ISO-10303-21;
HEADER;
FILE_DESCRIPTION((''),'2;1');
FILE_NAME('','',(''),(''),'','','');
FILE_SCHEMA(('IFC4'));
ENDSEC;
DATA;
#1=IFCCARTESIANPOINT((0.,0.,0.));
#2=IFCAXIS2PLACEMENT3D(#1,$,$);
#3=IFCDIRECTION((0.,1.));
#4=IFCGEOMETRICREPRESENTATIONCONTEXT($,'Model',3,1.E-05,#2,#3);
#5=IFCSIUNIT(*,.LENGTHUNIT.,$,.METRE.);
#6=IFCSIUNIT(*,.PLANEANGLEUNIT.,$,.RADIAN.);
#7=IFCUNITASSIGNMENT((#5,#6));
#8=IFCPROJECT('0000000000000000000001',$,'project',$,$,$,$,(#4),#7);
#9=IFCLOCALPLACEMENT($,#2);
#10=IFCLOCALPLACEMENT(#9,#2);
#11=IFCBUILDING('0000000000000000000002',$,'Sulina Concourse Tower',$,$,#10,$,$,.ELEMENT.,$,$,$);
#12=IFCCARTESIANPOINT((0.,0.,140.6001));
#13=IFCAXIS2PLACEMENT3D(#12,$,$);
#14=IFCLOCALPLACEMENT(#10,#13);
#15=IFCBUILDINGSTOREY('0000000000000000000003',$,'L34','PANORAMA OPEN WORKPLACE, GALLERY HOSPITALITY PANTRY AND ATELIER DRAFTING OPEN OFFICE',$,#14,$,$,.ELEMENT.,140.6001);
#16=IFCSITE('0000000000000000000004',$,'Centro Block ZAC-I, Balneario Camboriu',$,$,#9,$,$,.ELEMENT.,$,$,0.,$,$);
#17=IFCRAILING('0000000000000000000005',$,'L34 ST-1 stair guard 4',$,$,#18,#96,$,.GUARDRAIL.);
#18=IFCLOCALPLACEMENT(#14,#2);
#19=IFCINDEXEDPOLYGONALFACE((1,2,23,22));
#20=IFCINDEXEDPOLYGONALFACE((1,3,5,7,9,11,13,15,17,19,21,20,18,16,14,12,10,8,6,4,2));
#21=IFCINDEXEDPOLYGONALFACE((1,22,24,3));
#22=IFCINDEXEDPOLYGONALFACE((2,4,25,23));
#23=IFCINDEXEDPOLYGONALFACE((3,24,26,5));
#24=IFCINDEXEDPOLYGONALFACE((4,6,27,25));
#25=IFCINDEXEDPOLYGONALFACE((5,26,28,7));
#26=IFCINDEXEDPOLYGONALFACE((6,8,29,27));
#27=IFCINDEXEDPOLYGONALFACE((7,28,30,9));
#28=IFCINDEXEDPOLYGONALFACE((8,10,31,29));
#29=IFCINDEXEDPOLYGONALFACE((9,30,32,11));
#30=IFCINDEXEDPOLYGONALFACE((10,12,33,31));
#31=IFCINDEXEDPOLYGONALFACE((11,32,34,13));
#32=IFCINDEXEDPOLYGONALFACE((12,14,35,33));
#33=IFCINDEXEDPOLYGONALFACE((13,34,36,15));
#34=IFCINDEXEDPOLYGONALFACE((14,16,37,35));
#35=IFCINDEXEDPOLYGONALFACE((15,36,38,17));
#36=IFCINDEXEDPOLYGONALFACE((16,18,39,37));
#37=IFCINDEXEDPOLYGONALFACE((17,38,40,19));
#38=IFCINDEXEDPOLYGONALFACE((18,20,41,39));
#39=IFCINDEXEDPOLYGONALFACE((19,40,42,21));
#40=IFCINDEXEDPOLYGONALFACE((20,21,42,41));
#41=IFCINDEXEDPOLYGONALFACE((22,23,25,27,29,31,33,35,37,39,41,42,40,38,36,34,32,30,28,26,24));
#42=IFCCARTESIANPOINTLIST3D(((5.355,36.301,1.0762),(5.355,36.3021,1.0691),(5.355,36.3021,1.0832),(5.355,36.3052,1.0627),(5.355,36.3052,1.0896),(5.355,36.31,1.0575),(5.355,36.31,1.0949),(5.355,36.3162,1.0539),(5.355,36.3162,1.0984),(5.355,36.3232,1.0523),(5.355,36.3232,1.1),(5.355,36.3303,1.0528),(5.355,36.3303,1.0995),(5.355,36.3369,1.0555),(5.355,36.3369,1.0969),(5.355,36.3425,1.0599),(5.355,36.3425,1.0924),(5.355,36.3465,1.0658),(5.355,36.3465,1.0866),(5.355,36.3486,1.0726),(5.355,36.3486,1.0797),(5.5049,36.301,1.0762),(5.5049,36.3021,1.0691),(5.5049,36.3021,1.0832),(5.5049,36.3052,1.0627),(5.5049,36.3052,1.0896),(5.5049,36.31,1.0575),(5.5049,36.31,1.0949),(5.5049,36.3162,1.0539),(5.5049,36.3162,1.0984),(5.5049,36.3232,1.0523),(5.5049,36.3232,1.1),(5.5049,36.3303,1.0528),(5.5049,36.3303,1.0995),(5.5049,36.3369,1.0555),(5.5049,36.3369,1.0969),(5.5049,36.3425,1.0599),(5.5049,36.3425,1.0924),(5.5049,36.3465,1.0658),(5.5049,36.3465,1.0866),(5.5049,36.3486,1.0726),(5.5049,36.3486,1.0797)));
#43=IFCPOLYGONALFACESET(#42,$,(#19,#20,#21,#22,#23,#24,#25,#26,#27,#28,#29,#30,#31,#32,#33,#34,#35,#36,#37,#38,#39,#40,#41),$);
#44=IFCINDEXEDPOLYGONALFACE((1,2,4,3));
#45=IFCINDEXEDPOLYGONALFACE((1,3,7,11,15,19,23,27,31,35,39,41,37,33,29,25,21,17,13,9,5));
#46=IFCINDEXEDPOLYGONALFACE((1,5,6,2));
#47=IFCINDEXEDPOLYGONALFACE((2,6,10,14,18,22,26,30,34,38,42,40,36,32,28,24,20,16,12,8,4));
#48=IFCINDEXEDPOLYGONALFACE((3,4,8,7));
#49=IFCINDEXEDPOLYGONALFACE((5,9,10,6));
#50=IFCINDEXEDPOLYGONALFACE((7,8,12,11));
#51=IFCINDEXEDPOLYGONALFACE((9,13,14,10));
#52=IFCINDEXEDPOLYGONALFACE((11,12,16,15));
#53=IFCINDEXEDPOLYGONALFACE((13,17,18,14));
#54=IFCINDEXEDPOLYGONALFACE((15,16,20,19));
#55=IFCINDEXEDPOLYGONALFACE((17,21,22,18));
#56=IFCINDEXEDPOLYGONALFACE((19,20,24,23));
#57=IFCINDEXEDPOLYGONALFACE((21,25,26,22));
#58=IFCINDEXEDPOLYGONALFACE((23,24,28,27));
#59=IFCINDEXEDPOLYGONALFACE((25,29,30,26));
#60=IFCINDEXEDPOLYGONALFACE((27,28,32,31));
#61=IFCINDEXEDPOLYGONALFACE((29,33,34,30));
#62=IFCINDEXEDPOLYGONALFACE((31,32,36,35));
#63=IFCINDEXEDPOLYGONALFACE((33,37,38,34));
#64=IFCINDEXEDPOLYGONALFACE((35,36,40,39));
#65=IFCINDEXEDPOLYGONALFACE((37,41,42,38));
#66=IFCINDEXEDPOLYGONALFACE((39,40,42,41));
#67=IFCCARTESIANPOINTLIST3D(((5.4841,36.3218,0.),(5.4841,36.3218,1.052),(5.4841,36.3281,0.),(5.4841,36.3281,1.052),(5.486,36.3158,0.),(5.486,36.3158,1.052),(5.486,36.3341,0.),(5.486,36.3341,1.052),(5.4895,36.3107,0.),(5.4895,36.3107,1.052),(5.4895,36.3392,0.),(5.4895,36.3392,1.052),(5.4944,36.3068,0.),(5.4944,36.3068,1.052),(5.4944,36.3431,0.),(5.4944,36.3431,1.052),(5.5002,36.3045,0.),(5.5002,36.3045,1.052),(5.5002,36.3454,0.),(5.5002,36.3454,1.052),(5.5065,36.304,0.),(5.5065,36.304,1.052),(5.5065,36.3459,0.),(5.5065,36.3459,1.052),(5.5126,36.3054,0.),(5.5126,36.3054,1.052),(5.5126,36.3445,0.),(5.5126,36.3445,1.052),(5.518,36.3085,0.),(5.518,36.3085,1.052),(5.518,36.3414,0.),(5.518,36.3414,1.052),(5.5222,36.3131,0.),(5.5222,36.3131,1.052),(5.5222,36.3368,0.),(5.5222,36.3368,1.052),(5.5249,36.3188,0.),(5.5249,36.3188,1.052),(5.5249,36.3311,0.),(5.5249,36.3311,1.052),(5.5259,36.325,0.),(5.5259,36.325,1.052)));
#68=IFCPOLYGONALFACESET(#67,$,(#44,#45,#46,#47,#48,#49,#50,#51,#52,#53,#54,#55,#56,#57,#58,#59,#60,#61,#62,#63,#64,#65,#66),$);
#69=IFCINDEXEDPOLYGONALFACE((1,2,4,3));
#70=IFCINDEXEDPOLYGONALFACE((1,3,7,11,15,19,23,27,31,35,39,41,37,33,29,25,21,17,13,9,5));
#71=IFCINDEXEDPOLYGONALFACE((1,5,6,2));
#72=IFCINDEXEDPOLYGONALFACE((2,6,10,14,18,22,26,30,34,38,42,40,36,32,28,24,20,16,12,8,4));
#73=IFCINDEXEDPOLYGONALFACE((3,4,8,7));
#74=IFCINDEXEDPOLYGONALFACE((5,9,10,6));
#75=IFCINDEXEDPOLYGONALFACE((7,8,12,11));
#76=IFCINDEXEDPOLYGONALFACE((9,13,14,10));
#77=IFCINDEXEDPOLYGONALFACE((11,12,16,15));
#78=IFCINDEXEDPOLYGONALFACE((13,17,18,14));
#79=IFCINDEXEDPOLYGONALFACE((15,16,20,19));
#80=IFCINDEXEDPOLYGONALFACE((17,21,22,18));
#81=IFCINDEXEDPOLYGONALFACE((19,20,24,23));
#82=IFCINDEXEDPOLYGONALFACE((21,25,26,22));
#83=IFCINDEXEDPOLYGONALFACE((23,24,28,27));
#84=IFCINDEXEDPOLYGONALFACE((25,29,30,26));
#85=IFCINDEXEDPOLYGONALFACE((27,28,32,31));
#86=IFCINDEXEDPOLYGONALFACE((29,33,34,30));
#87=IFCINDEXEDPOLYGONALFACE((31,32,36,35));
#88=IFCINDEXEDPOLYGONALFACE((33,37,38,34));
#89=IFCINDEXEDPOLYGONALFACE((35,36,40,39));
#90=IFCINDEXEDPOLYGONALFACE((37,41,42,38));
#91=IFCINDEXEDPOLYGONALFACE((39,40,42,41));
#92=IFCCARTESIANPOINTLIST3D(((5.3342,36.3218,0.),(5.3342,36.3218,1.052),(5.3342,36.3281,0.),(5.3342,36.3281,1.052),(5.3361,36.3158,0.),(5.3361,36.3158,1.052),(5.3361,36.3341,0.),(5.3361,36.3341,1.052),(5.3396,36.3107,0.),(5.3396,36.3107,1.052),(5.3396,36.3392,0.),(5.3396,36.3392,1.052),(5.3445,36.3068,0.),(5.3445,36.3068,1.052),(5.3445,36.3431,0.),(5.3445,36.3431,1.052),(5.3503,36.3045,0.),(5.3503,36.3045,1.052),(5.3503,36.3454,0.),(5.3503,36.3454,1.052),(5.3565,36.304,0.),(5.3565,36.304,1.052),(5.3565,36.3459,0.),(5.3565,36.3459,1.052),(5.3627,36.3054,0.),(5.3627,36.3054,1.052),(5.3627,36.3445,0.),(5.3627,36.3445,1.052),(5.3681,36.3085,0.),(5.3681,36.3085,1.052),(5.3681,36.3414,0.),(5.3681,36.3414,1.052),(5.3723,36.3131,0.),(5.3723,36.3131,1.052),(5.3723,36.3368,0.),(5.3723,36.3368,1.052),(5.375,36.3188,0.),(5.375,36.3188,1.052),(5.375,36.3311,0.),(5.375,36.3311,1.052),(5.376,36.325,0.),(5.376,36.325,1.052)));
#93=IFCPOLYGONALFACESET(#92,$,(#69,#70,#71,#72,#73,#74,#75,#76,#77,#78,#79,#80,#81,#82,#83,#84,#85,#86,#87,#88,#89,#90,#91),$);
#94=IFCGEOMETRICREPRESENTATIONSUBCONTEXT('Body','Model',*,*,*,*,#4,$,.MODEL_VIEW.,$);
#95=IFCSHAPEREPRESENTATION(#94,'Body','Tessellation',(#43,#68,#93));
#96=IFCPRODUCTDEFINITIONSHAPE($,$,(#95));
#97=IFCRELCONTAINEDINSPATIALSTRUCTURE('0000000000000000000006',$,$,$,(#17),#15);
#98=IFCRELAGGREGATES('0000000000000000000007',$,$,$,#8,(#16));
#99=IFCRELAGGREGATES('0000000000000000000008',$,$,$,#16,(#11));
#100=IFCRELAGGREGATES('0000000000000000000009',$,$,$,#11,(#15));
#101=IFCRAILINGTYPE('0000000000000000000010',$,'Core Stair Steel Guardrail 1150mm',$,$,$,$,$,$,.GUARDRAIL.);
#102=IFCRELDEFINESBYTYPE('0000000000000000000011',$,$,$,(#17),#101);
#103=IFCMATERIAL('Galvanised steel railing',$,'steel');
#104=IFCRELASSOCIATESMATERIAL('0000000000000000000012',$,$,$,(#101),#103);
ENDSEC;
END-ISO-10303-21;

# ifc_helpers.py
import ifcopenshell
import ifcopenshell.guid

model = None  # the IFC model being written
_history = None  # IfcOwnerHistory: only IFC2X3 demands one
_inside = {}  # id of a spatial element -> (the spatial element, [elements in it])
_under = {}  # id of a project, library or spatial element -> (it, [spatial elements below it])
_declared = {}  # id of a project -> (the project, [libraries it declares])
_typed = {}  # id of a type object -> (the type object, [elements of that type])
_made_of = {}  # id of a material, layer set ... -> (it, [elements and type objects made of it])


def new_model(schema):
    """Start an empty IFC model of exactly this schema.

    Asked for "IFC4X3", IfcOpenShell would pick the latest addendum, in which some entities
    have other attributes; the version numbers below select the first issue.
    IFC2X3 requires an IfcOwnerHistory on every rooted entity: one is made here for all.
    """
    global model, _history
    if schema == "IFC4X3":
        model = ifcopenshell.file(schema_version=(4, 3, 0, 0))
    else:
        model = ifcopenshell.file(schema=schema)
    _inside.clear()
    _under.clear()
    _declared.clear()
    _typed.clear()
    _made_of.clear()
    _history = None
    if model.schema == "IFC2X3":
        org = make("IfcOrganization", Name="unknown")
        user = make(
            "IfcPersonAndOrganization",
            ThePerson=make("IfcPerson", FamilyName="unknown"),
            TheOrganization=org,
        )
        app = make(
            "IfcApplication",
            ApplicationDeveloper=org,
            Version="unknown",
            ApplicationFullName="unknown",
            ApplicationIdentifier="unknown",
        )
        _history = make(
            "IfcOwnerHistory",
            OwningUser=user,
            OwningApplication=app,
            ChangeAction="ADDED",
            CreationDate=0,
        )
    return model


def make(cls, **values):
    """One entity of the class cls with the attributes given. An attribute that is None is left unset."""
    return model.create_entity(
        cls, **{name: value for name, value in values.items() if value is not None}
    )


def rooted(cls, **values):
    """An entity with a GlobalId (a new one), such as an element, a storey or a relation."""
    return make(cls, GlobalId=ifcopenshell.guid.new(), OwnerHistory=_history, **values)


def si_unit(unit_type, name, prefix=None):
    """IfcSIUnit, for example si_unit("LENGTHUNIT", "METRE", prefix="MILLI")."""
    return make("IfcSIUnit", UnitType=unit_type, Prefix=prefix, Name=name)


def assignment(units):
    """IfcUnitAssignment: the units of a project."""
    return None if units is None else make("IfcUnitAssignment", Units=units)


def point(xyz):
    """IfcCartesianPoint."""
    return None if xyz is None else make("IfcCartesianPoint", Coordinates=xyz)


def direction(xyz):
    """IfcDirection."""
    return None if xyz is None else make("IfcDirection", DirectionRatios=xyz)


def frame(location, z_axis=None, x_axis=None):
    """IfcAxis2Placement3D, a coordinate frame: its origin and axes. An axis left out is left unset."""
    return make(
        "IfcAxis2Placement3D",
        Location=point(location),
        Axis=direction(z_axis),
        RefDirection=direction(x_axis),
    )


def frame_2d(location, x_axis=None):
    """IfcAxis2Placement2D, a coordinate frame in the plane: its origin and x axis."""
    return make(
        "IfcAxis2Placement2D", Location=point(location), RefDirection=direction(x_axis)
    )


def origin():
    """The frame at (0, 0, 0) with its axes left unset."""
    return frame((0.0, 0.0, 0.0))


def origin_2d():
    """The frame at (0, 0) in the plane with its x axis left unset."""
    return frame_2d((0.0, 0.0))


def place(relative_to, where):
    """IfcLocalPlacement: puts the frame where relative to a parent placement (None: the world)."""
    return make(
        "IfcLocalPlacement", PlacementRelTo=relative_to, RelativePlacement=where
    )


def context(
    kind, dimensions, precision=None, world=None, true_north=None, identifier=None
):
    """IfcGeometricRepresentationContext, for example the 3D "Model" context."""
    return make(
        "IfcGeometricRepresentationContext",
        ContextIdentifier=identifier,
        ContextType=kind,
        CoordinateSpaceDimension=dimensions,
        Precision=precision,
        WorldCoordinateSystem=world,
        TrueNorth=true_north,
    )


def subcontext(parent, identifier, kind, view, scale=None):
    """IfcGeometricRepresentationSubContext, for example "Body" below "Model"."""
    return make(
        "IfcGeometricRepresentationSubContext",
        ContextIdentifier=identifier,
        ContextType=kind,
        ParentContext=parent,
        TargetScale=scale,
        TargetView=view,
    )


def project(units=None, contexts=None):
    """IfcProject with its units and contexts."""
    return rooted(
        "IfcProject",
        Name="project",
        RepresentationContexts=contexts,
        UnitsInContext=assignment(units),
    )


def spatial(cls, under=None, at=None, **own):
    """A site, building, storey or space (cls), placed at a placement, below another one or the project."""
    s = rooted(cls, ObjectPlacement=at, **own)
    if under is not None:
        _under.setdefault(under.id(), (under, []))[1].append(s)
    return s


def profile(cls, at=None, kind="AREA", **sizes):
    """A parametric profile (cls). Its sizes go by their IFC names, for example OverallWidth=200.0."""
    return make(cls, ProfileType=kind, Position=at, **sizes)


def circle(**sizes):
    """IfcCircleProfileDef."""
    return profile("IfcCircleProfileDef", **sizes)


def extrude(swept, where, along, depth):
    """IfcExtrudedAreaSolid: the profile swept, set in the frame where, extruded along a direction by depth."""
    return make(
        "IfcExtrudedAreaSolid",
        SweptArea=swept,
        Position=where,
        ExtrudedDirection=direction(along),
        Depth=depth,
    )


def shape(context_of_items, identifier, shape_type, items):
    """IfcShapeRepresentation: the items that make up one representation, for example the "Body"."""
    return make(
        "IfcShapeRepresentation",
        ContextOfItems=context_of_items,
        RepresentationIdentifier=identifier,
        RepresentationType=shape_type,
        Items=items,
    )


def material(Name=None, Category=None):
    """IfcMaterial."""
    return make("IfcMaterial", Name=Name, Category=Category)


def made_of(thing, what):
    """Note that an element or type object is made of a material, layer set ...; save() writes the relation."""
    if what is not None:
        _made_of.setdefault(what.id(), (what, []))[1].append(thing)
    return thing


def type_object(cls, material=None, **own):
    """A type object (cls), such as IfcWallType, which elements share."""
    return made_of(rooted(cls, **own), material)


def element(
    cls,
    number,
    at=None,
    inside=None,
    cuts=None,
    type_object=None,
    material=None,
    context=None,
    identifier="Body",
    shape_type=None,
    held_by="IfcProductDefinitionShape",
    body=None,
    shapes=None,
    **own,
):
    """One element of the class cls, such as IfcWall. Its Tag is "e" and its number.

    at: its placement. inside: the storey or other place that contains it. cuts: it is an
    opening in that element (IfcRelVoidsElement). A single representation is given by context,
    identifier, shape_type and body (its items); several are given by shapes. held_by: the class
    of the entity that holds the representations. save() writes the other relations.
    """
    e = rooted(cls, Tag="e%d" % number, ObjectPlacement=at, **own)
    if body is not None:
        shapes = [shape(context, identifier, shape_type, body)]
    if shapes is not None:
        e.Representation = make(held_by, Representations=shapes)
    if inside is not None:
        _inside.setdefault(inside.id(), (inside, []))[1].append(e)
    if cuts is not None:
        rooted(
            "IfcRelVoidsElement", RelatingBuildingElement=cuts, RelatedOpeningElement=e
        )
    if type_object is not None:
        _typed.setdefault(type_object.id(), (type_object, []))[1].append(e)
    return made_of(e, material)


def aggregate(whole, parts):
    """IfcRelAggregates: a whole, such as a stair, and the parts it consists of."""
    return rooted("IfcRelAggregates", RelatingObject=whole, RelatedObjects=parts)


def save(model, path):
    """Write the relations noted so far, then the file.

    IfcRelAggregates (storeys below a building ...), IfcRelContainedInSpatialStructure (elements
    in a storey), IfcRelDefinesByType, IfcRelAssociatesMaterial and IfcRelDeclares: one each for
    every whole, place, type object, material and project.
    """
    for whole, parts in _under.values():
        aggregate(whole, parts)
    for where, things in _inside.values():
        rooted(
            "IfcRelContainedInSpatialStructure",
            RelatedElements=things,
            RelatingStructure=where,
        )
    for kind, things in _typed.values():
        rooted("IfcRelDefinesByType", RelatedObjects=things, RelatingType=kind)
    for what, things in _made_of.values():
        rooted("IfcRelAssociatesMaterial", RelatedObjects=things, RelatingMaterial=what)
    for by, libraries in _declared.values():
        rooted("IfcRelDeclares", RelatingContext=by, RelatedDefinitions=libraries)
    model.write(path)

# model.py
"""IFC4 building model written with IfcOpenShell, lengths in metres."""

from ifc_helpers import new_model, si_unit, direction, frame, origin, origin_2d, place, context, subcontext, project, spatial, circle, extrude, material, type_object, element, save


model = new_model("IFC4")

# Units and contexts
model_context = context("Model", 3, precision=1e-05, world=origin(), true_north=direction((0.0, 1.0)))
body_context = subcontext(model_context, "Body", "Model", "MODEL_VIEW")
ifc_project = project(units=[si_unit("LENGTHUNIT", "METRE"), si_unit("PLANEANGLEUNIT", "RADIAN")], contexts=[model_context])

# Site, building, storey
site_placement = place(None, origin())
site = spatial("IfcSite", under=ifc_project, at=site_placement, Name="Centro Block ZAC-I, Balneario Camboriu", CompositionType="ELEMENT", RefElevation=0.0)
building_placement = place(site_placement, origin())
building = spatial("IfcBuilding", under=site, at=building_placement, Name="Sulina Concourse Tower", CompositionType="ELEMENT")
storey_placement = place(building_placement, frame((0.0, 0.0, 140.6001)))
storey = spatial("IfcBuildingStorey", under=building, at=storey_placement, Name="L34", Description="PANORAMA OPEN WORKPLACE, GALLERY HOSPITALITY PANTRY AND ATELIER DRAFTING OPEN OFFICE", CompositionType="ELEMENT", Elevation=140.6001)

# Railing
ifc_material_1 = material(Name="Galvanised steel railing", Category="steel")
railing_type_1 = type_object("IfcRailingType", Name="Core Stair Steel Guardrail 1150mm", PredefinedType="GUARDRAIL", material=ifc_material_1)
railing_1_placement = place(storey_placement, frame((5.5049, 36.325, 0.0)))
element("IfcRailing", 1, at=railing_1_placement, inside=storey, type_object=railing_type_1, Name="L34 ST-1 stair guard 4", PredefinedType="GUARDRAIL", context=body_context, shape_type="SweptSolid", body=[
    extrude(circle(Radius=0.0239, at=origin_2d()), frame((0.0, 0.0, 1.0762), z_axis=(-1.0, 0.0, 0.0), x_axis=(0.0, -1.0, 0.0)), (0.0, 0.0, 1.0), 0.1499),
    extrude(circle(Radius=0.021, at=origin_2d()), origin(), (0.0, 0.0, 1.0), 1.052),
    extrude(circle(Radius=0.021, at=origin_2d()), frame((-0.1499, 0.0, 0.0)), (0.0, 0.0, 1.0), 1.052),
])

save(model, "model.ifc")
